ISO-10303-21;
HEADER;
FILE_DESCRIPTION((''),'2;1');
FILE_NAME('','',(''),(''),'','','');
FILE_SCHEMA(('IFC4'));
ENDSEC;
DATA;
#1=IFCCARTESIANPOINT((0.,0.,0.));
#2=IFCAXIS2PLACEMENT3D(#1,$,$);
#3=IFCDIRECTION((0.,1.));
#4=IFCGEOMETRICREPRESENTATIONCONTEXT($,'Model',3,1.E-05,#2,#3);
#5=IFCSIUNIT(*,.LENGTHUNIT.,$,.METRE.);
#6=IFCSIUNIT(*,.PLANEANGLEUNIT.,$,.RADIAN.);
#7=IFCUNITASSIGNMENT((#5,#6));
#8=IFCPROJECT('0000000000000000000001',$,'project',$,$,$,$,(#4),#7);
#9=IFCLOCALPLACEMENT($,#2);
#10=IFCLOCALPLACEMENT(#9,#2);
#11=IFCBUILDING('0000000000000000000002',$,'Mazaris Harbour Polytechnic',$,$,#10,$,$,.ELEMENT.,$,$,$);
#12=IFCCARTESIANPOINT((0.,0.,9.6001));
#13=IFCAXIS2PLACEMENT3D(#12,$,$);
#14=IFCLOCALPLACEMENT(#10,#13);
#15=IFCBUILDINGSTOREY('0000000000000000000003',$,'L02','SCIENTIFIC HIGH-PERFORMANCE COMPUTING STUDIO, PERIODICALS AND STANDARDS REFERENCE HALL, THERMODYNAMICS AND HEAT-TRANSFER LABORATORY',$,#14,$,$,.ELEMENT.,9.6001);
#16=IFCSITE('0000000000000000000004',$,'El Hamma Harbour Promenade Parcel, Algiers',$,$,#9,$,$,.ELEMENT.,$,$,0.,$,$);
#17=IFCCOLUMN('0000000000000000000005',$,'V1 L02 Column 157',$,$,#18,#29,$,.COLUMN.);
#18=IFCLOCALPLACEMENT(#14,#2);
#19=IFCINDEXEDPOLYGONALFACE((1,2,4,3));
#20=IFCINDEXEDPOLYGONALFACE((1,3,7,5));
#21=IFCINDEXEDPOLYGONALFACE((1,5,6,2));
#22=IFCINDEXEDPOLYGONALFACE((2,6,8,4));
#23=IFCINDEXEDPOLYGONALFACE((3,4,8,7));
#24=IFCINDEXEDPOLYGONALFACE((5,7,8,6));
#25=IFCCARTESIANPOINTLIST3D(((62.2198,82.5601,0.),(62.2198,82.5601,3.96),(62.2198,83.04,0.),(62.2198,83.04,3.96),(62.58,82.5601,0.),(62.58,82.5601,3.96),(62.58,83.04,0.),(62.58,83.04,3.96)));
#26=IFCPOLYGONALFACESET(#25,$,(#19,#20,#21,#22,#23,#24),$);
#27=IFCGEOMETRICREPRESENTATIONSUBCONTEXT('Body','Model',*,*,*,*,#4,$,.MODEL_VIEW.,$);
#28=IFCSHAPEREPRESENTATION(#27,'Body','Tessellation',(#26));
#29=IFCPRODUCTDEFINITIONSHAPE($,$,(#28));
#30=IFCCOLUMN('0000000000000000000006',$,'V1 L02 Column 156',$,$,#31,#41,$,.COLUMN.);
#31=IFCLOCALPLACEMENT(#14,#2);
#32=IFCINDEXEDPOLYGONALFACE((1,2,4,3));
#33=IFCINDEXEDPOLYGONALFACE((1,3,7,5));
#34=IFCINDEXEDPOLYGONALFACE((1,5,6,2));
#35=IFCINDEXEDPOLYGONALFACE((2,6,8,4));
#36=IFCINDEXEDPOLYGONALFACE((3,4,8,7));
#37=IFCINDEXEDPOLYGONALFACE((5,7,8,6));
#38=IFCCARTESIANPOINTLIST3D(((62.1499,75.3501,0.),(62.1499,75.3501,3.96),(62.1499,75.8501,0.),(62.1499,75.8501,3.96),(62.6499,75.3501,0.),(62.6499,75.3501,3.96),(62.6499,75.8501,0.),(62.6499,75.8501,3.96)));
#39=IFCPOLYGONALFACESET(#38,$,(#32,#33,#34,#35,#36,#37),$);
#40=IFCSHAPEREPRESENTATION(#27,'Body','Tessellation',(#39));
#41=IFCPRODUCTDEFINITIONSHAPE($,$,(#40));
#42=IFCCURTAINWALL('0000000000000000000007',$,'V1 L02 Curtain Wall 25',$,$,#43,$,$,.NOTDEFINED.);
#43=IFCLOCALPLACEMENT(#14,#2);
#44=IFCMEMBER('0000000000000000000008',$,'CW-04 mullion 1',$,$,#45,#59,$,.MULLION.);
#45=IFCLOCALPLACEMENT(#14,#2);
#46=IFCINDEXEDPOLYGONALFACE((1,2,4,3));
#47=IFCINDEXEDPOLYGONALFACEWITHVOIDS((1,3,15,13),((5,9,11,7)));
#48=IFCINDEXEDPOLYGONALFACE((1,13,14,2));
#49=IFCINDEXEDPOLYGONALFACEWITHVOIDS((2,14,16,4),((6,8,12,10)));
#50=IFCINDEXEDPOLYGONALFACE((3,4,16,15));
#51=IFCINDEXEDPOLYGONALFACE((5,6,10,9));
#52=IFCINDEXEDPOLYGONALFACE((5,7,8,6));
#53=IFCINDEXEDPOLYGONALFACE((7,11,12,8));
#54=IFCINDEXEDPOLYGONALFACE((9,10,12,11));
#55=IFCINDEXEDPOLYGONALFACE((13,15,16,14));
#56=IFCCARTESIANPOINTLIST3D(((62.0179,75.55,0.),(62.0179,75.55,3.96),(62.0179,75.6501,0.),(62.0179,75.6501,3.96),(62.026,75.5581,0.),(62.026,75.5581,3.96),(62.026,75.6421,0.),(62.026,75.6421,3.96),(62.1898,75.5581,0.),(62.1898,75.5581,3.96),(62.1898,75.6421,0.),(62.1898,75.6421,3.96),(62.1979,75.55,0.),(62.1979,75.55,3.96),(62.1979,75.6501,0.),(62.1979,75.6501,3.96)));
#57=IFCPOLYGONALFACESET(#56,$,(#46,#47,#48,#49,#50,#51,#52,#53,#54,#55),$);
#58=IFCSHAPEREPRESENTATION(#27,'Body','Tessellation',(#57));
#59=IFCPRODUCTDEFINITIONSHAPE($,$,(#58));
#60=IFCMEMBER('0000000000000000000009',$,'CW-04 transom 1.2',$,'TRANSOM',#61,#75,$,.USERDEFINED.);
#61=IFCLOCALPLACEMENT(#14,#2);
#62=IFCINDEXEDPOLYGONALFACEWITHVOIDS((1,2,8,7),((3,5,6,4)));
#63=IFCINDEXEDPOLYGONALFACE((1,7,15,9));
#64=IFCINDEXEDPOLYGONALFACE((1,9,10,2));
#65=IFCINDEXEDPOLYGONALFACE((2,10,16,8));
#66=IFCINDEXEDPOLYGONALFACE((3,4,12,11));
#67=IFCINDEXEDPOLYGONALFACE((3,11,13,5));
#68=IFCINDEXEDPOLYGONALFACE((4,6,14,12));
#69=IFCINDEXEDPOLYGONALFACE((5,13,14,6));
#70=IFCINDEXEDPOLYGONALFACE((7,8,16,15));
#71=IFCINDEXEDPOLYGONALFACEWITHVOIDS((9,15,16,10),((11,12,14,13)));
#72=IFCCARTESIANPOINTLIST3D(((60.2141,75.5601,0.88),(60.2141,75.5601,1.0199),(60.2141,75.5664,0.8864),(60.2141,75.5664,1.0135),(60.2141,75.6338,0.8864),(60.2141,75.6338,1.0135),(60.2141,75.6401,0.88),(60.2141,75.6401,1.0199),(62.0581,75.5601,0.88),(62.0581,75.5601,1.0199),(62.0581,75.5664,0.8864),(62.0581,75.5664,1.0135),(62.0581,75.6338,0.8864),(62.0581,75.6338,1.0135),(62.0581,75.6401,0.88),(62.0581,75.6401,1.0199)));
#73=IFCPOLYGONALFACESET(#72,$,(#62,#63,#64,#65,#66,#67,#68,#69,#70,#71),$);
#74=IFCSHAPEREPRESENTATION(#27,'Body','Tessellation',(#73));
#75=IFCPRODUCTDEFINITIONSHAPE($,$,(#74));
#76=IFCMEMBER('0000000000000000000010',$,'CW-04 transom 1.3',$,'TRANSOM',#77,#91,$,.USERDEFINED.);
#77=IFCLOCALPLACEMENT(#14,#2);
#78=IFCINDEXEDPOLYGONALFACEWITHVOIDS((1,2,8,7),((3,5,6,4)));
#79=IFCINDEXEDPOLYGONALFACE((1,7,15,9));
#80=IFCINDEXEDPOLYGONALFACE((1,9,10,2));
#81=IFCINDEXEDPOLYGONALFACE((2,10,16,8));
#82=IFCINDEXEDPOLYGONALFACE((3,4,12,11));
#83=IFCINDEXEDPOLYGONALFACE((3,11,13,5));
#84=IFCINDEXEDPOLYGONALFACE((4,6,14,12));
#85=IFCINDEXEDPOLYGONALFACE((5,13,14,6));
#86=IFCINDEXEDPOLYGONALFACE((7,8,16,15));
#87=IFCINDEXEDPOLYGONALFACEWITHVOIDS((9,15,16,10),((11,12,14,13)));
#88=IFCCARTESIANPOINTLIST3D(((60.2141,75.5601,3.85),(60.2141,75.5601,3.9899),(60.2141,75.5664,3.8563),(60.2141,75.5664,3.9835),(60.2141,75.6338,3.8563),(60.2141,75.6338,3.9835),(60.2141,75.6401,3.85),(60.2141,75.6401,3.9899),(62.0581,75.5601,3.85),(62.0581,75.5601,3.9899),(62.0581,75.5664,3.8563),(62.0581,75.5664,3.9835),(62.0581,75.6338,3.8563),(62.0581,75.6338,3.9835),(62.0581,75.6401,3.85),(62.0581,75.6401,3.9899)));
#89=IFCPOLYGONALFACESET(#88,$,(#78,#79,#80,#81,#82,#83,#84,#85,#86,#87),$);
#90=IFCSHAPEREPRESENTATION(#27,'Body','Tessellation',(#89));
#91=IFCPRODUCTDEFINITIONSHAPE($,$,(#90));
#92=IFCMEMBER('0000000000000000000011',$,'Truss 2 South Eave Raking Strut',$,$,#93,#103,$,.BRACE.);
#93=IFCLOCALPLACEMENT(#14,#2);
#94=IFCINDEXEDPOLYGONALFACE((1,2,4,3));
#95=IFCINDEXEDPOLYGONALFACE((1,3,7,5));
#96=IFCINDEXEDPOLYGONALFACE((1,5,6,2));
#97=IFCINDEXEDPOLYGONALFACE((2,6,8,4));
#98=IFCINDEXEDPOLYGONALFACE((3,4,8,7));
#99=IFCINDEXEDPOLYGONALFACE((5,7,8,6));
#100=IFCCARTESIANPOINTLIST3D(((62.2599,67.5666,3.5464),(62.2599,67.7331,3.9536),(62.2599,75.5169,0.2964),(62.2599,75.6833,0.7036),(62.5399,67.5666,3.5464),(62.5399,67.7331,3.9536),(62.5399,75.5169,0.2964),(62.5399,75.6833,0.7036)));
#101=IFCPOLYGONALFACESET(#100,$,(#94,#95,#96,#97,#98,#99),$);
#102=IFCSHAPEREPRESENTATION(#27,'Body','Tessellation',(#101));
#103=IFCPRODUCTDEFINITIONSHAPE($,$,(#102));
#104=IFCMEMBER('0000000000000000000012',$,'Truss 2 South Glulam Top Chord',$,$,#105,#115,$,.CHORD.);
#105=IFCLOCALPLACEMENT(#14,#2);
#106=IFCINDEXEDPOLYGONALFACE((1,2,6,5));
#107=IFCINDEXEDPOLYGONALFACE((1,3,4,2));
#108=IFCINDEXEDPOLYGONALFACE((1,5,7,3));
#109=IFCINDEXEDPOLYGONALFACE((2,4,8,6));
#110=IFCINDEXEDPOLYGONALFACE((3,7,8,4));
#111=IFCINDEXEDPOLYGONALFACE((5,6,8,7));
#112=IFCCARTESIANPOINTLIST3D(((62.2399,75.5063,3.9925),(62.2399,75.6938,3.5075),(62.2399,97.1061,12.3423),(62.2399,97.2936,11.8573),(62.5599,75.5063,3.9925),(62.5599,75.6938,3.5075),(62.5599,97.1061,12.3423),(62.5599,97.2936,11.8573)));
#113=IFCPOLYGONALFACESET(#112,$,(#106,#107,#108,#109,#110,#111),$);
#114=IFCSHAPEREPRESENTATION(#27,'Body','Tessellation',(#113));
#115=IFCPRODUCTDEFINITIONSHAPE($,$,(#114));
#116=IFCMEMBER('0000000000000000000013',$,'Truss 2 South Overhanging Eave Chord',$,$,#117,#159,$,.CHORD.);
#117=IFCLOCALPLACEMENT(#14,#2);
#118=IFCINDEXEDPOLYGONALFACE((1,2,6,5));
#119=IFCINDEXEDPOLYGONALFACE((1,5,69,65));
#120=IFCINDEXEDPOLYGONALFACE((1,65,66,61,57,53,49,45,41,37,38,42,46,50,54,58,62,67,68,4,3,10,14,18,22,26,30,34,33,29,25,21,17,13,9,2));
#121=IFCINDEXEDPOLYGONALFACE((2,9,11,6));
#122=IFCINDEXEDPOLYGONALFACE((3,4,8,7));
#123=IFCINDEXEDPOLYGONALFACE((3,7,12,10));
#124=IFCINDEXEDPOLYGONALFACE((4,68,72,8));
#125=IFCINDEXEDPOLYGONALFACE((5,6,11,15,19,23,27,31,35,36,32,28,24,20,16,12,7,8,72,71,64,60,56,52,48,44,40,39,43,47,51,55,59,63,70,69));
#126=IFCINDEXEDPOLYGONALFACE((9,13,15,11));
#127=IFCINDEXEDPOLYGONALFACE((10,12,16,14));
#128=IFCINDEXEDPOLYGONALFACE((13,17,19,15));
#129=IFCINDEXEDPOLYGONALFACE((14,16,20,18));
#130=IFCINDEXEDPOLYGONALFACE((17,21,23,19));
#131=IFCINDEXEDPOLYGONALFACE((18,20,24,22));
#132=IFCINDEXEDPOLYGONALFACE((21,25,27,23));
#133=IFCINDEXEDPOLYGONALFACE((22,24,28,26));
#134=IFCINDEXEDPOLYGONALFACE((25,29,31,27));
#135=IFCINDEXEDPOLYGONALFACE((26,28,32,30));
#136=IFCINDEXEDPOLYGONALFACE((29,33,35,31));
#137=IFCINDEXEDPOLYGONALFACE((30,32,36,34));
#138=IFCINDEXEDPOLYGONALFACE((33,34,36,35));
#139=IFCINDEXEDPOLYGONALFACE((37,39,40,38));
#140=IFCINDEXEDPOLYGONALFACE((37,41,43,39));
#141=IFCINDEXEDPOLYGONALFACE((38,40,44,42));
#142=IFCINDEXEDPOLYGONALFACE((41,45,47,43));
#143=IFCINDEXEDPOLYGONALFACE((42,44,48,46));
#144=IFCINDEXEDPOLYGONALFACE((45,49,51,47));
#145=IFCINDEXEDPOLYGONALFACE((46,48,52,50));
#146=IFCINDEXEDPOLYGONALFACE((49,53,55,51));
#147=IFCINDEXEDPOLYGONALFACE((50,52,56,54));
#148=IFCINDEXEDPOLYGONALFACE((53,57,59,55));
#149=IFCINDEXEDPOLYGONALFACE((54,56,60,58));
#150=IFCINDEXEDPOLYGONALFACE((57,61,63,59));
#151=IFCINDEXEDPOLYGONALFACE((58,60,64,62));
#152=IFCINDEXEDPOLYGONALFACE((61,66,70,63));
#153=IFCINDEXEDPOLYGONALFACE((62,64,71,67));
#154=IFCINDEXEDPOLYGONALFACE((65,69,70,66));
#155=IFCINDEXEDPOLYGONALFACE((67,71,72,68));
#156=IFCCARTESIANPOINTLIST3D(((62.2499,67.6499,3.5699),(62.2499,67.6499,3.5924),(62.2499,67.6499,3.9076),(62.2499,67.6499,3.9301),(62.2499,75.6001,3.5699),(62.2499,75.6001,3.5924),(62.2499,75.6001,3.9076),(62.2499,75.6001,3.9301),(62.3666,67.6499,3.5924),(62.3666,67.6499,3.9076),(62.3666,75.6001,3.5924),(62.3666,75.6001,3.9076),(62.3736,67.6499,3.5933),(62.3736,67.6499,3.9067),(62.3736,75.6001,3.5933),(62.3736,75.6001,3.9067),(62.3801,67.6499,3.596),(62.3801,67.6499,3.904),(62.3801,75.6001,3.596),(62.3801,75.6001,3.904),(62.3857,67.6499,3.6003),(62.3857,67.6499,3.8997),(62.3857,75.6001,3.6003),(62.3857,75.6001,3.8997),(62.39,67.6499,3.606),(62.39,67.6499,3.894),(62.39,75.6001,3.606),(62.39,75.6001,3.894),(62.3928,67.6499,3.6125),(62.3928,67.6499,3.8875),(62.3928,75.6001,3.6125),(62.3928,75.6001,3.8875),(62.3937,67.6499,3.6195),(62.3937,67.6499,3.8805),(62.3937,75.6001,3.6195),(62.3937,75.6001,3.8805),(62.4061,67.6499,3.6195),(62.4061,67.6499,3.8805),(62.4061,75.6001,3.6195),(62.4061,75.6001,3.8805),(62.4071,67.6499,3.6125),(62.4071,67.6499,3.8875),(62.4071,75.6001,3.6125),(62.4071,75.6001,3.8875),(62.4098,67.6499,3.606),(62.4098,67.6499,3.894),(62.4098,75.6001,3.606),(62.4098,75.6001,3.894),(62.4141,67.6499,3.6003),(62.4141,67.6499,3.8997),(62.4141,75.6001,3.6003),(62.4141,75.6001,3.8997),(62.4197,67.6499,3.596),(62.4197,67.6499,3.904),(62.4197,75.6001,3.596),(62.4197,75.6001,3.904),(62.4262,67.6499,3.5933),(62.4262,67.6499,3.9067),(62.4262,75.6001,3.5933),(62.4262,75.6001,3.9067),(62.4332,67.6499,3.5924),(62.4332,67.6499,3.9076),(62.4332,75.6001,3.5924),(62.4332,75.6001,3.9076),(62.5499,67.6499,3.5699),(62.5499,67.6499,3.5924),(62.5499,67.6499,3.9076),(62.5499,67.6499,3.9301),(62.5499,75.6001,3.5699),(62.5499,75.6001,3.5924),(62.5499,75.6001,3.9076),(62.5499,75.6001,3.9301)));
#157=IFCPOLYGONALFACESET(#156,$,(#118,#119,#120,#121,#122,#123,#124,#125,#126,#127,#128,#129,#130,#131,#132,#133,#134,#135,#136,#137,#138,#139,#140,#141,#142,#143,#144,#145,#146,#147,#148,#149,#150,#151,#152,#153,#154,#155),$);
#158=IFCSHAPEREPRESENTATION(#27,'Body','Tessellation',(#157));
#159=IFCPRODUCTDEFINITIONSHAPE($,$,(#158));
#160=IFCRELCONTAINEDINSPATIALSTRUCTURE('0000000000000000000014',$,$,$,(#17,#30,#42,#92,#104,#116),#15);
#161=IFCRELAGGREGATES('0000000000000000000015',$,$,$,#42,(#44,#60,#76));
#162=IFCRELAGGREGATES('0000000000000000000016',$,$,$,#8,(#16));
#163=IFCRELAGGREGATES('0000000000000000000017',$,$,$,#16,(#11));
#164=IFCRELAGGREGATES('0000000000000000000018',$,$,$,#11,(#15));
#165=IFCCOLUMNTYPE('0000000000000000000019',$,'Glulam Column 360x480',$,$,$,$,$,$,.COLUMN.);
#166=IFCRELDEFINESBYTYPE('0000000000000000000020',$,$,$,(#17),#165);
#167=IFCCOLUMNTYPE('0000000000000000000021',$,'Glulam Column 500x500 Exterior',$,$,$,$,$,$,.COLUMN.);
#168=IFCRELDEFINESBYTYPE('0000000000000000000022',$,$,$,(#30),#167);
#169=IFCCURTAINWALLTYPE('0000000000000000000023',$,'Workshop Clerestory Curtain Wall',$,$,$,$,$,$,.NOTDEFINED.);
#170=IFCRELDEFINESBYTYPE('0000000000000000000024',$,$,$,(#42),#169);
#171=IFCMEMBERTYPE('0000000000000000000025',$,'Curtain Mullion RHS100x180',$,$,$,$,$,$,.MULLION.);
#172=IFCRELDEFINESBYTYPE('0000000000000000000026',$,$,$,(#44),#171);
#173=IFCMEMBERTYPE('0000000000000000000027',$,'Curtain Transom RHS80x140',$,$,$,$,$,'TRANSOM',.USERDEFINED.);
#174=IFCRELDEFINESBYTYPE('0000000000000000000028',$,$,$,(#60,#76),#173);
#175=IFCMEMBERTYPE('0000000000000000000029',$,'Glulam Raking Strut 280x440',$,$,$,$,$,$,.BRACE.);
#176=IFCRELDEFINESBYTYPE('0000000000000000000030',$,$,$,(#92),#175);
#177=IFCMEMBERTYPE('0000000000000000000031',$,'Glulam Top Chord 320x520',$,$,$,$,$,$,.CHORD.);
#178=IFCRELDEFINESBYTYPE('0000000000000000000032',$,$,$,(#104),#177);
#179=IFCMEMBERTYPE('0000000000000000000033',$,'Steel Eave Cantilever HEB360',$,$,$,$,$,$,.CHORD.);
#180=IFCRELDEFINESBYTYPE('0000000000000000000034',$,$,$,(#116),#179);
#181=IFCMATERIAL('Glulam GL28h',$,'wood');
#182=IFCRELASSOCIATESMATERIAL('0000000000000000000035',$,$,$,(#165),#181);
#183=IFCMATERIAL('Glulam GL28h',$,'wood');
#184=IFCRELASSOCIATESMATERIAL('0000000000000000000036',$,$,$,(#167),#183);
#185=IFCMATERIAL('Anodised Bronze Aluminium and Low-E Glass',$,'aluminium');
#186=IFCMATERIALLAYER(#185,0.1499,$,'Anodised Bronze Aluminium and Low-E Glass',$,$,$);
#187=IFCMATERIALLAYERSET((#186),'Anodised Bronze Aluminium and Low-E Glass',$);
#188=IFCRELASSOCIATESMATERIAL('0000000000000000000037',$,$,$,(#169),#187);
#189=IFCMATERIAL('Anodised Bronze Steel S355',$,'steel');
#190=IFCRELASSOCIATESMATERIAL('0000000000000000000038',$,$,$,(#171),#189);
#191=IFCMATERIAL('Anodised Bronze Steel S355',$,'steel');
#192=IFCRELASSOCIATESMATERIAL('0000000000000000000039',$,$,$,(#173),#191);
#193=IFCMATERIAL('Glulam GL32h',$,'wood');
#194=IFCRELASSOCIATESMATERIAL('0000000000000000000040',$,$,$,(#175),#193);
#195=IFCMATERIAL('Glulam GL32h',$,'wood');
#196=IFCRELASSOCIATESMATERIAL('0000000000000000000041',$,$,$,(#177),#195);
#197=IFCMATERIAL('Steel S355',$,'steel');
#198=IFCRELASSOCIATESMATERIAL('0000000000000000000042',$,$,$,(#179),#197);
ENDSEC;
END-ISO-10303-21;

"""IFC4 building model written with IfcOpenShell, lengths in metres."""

from ifc_helpers import new_model, si_unit, direction, frame, origin, origin_2d, place, context, subcontext, project, spatial, rectangle, hollow_rectangle, i_section, extrude, material, layer, layer_set, material_profile, profile_set, type_object, element, aggregate, save


model = new_model("IFC4")

# Units and contexts
model_context = context("Model", 3, precision=1e-05, world=origin(), true_north=direction((0.0, 1.0)))
body_context = subcontext(model_context, "Body", "Model", "MODEL_VIEW")
ifc_project = project(units=[si_unit("LENGTHUNIT", "METRE"), si_unit("PLANEANGLEUNIT", "RADIAN")], contexts=[model_context])

# Site, building, storey
site_placement = place(None, origin())
site = spatial("IfcSite", under=ifc_project, at=site_placement, Name="El Hamma Harbour Promenade Parcel, Algiers", CompositionType="ELEMENT", RefElevation=0.0)
building_placement = place(site_placement, origin())
building = spatial("IfcBuilding", under=site, at=building_placement, Name="Mazaris Harbour Polytechnic", CompositionType="ELEMENT")
storey_placement = place(building_placement, frame((0.0, 0.0, 9.6001)))
storey = spatial("IfcBuildingStorey", under=building, at=storey_placement, Name="L02", Description="SCIENTIFIC HIGH-PERFORMANCE COMPUTING STUDIO, PERIODICALS AND STANDARDS REFERENCE HALL, THERMODYNAMICS AND HEAT-TRANSFER LABORATORY", CompositionType="ELEMENT", Elevation=9.6001)

# Columns
ifc_material_1 = material(Name="Glulam GL28h", Category="wood")
ifc_material_profile_1 = material_profile(ifc_material_1, rectangle(XDim=0.3601, YDim=0.48, at=origin_2d()), Name="RECT360x480")
ifc_profile_set_1 = profile_set([ifc_material_profile_1], Name="Glulam GL28h")
column_type_1 = type_object("IfcColumnType", Name="Glulam Column 360x480", PredefinedType="COLUMN", material=ifc_profile_set_1)
column_1_placement = place(storey_placement, frame((62.3999, 82.8, 0.0), z_axis=(0.0, 0.0, 1.0), x_axis=(1.0, 0.0, 0.0)))
element("IfcColumn", 1, at=column_1_placement, inside=storey, type_object=column_type_1, Name="V1 L02 Column 157", PredefinedType="COLUMN", context=body_context, shape_type="SweptSolid", body=[
    extrude(rectangle(XDim=0.3601, YDim=0.48, at=origin_2d()), origin(), (0.0, 0.0, 1.0), 3.96),
])
ifc_material_2 = material(Name="Glulam GL28h", Category="wood")
ifc_material_profile_2 = material_profile(ifc_material_2, rectangle(XDim=0.5, YDim=0.5, at=origin_2d()), Name="RECT500x500")
ifc_profile_set_2 = profile_set([ifc_material_profile_2], Name="Glulam GL28h")
column_type_2 = type_object("IfcColumnType", Name="Glulam Column 500x500 Exterior", PredefinedType="COLUMN", material=ifc_profile_set_2)
column_2_placement = place(storey_placement, frame((62.3999, 75.6001, 0.0), z_axis=(0.0, 0.0, 1.0), x_axis=(1.0, 0.0, 0.0)))
element("IfcColumn", 2, at=column_2_placement, inside=storey, type_object=column_type_2, Name="V1 L02 Column 156", PredefinedType="COLUMN", context=body_context, shape_type="SweptSolid", body=[
    extrude(rectangle(XDim=0.5, YDim=0.5, at=origin_2d()), origin(), (0.0, 0.0, 1.0), 3.96),
])

# Curtain wall, members
ifc_material_3 = material(Name="Anodised Bronze Aluminium and Low-E Glass", Category="aluminium")
ifc_layer_1 = layer(ifc_material_3, 0.1499, Name="Anodised Bronze Aluminium and Low-E Glass")
ifc_layer_set_1 = layer_set([ifc_layer_1], Name="Anodised Bronze Aluminium and Low-E Glass")
curtain_wall_type = type_object("IfcCurtainWallType", Name="Workshop Clerestory Curtain Wall", PredefinedType="NOTDEFINED", material=ifc_layer_set_1)
curtain_wall_placement = place(storey_placement, origin())
curtain_wall = element("IfcCurtainWall", 3, at=curtain_wall_placement, inside=storey, type_object=curtain_wall_type, Name="V1 L02 Curtain Wall 25", PredefinedType="NOTDEFINED")
ifc_material_4 = material(Name="Anodised Bronze Steel S355", Category="steel")
ifc_material_profile_3 = material_profile(ifc_material_4, hollow_rectangle(XDim=0.1001, YDim=0.1799, WallThickness=0.0081, at=origin_2d()), Name="RHS 100x180x8.0")
ifc_profile_set_3 = profile_set([ifc_material_profile_3], Name="Anodised Bronze Steel S355")
member_type_1 = type_object("IfcMemberType", Name="Curtain Mullion RHS100x180", PredefinedType="MULLION", material=ifc_profile_set_3)
member_1_placement = place(storey_placement, frame((62.1079, 75.6001, 0.0), z_axis=(0.0, 0.0, 1.0), x_axis=(0.0, -1.0, 0.0)))
member_1 = element("IfcMember", 4, at=member_1_placement, type_object=member_type_1, Name="CW-04 mullion 1", PredefinedType="MULLION", context=body_context, shape_type="SweptSolid", body=[
    extrude(hollow_rectangle(XDim=0.1001, YDim=0.1799, WallThickness=0.0081, at=origin_2d()), origin(), (0.0, 0.0, 1.0), 3.96),
])
ifc_material_5 = material(Name="Anodised Bronze Steel S355", Category="steel")
ifc_material_profile_4 = material_profile(ifc_material_5, hollow_rectangle(XDim=0.0801, YDim=0.1399, WallThickness=0.0063, at=origin_2d()), Name="RHS 80x140x6.3")
ifc_profile_set_4 = profile_set([ifc_material_profile_4], Name="Anodised Bronze Steel S355")
member_type_2 = type_object("IfcMemberType", Name="Curtain Transom RHS80x140", ElementType="TRANSOM", PredefinedType="USERDEFINED", material=ifc_profile_set_4)
member_2_placement = place(storey_placement, frame((62.0581, 75.6001, 0.95), z_axis=(-1.0, 0.0, 0.0), x_axis=(0.0, -1.0, 0.0)))
member_2 = element("IfcMember", 5, at=member_2_placement, type_object=member_type_2, Name="CW-04 transom 1.2", ObjectType="TRANSOM", PredefinedType="USERDEFINED", context=body_context, shape_type="SweptSolid", body=[
    extrude(hollow_rectangle(XDim=0.0801, YDim=0.1399, WallThickness=0.0063, at=origin_2d()), origin(), (0.0, 0.0, 1.0), 1.844),
])
member_3_placement = place(storey_placement, frame((62.0581, 75.6001, 3.9199), z_axis=(-1.0, 0.0, 0.0), x_axis=(0.0, -1.0, 0.0)))
member_3 = element("IfcMember", 6, at=member_3_placement, type_object=member_type_2, Name="CW-04 transom 1.3", ObjectType="TRANSOM", PredefinedType="USERDEFINED", context=body_context, shape_type="SweptSolid", body=[
    extrude(hollow_rectangle(XDim=0.0801, YDim=0.1399, WallThickness=0.0063, at=origin_2d()), origin(), (0.0, 0.0, 1.0), 1.844),
])
aggregate(curtain_wall, [member_1, member_2, member_3])

# Members
ifc_material_6 = material(Name="Glulam GL32h", Category="wood")
ifc_material_profile_5 = material_profile(ifc_material_6, rectangle(XDim=0.28, YDim=0.4399, at=origin_2d()), Name="RECT280x440")
ifc_profile_set_5 = profile_set([ifc_material_profile_5], Name="Glulam GL32h")
member_type_3 = type_object("IfcMemberType", Name="Glulam Raking Strut 280x440", PredefinedType="BRACE", material=ifc_profile_set_5)
member_4_placement = place(storey_placement, frame((62.3999, 75.6001, 0.5), z_axis=(0.0, -0.925643, 0.378398), x_axis=(1.0, 0.0, 0.0)))
element("IfcMember", 7, at=member_4_placement, inside=storey, type_object=member_type_3, Name="Truss 2 South Eave Raking Strut", PredefinedType="BRACE", context=body_context, shape_type="SweptSolid", body=[
    extrude(rectangle(XDim=0.28, YDim=0.4399, at=origin_2d()), origin(), (0.0, 0.0, 1.0), 8.5889),
])
ifc_material_7 = material(Name="Glulam GL32h", Category="wood")
ifc_material_profile_6 = material_profile(ifc_material_7, rectangle(XDim=0.3201, YDim=0.52, at=origin_2d()), Name="RECT320x520")
ifc_profile_set_6 = profile_set([ifc_material_profile_6], Name="Glulam GL32h")
member_type_4 = type_object("IfcMemberType", Name="Glulam Top Chord 320x520", PredefinedType="CHORD", material=ifc_profile_set_6)
member_5_placement = place(storey_placement, frame((62.3999, 75.6001, 3.75), z_axis=(0.0, 0.932733, 0.360567), x_axis=(-1.0, 0.0, 0.0)))
element("IfcMember", 8, at=member_5_placement, inside=storey, type_object=member_type_4, Name="Truss 2 South Glulam Top Chord", PredefinedType="CHORD", context=body_context, shape_type="SweptSolid", body=[
    extrude(rectangle(XDim=0.3201, YDim=0.52, at=origin_2d()), origin(), (0.0, 0.0, 1.0), 23.1575),
])
ifc_material_8 = material(Name="Steel S355", Category="steel")
ifc_material_profile_7 = material_profile(ifc_material_8, i_section(OverallWidth=0.3, OverallDepth=0.3601, WebThickness=0.0125, FlangeThickness=0.0225, FilletRadius=0.0271, at=origin_2d()), Name="HEB 360")
ifc_profile_set_7 = profile_set([ifc_material_profile_7], Name="Steel S355")
member_type_5 = type_object("IfcMemberType", Name="Steel Eave Cantilever HEB360", PredefinedType="CHORD", material=ifc_profile_set_7)
member_6_placement = place(storey_placement, frame((62.3999, 75.6001, 3.75), z_axis=(0.0, -1.0, 0.0), x_axis=(1.0, 0.0, 0.0)))
element("IfcMember", 9, at=member_6_placement, inside=storey, type_object=member_type_5, Name="Truss 2 South Overhanging Eave Chord", PredefinedType="CHORD", context=body_context, shape_type="SweptSolid", body=[
    extrude(i_section(OverallWidth=0.3, OverallDepth=0.3601, WebThickness=0.0125, FlangeThickness=0.0225, FilletRadius=0.0271, at=origin_2d()), origin(), (0.0, 0.0, 1.0), 7.9502),
])

save(model, "model.ifc")
